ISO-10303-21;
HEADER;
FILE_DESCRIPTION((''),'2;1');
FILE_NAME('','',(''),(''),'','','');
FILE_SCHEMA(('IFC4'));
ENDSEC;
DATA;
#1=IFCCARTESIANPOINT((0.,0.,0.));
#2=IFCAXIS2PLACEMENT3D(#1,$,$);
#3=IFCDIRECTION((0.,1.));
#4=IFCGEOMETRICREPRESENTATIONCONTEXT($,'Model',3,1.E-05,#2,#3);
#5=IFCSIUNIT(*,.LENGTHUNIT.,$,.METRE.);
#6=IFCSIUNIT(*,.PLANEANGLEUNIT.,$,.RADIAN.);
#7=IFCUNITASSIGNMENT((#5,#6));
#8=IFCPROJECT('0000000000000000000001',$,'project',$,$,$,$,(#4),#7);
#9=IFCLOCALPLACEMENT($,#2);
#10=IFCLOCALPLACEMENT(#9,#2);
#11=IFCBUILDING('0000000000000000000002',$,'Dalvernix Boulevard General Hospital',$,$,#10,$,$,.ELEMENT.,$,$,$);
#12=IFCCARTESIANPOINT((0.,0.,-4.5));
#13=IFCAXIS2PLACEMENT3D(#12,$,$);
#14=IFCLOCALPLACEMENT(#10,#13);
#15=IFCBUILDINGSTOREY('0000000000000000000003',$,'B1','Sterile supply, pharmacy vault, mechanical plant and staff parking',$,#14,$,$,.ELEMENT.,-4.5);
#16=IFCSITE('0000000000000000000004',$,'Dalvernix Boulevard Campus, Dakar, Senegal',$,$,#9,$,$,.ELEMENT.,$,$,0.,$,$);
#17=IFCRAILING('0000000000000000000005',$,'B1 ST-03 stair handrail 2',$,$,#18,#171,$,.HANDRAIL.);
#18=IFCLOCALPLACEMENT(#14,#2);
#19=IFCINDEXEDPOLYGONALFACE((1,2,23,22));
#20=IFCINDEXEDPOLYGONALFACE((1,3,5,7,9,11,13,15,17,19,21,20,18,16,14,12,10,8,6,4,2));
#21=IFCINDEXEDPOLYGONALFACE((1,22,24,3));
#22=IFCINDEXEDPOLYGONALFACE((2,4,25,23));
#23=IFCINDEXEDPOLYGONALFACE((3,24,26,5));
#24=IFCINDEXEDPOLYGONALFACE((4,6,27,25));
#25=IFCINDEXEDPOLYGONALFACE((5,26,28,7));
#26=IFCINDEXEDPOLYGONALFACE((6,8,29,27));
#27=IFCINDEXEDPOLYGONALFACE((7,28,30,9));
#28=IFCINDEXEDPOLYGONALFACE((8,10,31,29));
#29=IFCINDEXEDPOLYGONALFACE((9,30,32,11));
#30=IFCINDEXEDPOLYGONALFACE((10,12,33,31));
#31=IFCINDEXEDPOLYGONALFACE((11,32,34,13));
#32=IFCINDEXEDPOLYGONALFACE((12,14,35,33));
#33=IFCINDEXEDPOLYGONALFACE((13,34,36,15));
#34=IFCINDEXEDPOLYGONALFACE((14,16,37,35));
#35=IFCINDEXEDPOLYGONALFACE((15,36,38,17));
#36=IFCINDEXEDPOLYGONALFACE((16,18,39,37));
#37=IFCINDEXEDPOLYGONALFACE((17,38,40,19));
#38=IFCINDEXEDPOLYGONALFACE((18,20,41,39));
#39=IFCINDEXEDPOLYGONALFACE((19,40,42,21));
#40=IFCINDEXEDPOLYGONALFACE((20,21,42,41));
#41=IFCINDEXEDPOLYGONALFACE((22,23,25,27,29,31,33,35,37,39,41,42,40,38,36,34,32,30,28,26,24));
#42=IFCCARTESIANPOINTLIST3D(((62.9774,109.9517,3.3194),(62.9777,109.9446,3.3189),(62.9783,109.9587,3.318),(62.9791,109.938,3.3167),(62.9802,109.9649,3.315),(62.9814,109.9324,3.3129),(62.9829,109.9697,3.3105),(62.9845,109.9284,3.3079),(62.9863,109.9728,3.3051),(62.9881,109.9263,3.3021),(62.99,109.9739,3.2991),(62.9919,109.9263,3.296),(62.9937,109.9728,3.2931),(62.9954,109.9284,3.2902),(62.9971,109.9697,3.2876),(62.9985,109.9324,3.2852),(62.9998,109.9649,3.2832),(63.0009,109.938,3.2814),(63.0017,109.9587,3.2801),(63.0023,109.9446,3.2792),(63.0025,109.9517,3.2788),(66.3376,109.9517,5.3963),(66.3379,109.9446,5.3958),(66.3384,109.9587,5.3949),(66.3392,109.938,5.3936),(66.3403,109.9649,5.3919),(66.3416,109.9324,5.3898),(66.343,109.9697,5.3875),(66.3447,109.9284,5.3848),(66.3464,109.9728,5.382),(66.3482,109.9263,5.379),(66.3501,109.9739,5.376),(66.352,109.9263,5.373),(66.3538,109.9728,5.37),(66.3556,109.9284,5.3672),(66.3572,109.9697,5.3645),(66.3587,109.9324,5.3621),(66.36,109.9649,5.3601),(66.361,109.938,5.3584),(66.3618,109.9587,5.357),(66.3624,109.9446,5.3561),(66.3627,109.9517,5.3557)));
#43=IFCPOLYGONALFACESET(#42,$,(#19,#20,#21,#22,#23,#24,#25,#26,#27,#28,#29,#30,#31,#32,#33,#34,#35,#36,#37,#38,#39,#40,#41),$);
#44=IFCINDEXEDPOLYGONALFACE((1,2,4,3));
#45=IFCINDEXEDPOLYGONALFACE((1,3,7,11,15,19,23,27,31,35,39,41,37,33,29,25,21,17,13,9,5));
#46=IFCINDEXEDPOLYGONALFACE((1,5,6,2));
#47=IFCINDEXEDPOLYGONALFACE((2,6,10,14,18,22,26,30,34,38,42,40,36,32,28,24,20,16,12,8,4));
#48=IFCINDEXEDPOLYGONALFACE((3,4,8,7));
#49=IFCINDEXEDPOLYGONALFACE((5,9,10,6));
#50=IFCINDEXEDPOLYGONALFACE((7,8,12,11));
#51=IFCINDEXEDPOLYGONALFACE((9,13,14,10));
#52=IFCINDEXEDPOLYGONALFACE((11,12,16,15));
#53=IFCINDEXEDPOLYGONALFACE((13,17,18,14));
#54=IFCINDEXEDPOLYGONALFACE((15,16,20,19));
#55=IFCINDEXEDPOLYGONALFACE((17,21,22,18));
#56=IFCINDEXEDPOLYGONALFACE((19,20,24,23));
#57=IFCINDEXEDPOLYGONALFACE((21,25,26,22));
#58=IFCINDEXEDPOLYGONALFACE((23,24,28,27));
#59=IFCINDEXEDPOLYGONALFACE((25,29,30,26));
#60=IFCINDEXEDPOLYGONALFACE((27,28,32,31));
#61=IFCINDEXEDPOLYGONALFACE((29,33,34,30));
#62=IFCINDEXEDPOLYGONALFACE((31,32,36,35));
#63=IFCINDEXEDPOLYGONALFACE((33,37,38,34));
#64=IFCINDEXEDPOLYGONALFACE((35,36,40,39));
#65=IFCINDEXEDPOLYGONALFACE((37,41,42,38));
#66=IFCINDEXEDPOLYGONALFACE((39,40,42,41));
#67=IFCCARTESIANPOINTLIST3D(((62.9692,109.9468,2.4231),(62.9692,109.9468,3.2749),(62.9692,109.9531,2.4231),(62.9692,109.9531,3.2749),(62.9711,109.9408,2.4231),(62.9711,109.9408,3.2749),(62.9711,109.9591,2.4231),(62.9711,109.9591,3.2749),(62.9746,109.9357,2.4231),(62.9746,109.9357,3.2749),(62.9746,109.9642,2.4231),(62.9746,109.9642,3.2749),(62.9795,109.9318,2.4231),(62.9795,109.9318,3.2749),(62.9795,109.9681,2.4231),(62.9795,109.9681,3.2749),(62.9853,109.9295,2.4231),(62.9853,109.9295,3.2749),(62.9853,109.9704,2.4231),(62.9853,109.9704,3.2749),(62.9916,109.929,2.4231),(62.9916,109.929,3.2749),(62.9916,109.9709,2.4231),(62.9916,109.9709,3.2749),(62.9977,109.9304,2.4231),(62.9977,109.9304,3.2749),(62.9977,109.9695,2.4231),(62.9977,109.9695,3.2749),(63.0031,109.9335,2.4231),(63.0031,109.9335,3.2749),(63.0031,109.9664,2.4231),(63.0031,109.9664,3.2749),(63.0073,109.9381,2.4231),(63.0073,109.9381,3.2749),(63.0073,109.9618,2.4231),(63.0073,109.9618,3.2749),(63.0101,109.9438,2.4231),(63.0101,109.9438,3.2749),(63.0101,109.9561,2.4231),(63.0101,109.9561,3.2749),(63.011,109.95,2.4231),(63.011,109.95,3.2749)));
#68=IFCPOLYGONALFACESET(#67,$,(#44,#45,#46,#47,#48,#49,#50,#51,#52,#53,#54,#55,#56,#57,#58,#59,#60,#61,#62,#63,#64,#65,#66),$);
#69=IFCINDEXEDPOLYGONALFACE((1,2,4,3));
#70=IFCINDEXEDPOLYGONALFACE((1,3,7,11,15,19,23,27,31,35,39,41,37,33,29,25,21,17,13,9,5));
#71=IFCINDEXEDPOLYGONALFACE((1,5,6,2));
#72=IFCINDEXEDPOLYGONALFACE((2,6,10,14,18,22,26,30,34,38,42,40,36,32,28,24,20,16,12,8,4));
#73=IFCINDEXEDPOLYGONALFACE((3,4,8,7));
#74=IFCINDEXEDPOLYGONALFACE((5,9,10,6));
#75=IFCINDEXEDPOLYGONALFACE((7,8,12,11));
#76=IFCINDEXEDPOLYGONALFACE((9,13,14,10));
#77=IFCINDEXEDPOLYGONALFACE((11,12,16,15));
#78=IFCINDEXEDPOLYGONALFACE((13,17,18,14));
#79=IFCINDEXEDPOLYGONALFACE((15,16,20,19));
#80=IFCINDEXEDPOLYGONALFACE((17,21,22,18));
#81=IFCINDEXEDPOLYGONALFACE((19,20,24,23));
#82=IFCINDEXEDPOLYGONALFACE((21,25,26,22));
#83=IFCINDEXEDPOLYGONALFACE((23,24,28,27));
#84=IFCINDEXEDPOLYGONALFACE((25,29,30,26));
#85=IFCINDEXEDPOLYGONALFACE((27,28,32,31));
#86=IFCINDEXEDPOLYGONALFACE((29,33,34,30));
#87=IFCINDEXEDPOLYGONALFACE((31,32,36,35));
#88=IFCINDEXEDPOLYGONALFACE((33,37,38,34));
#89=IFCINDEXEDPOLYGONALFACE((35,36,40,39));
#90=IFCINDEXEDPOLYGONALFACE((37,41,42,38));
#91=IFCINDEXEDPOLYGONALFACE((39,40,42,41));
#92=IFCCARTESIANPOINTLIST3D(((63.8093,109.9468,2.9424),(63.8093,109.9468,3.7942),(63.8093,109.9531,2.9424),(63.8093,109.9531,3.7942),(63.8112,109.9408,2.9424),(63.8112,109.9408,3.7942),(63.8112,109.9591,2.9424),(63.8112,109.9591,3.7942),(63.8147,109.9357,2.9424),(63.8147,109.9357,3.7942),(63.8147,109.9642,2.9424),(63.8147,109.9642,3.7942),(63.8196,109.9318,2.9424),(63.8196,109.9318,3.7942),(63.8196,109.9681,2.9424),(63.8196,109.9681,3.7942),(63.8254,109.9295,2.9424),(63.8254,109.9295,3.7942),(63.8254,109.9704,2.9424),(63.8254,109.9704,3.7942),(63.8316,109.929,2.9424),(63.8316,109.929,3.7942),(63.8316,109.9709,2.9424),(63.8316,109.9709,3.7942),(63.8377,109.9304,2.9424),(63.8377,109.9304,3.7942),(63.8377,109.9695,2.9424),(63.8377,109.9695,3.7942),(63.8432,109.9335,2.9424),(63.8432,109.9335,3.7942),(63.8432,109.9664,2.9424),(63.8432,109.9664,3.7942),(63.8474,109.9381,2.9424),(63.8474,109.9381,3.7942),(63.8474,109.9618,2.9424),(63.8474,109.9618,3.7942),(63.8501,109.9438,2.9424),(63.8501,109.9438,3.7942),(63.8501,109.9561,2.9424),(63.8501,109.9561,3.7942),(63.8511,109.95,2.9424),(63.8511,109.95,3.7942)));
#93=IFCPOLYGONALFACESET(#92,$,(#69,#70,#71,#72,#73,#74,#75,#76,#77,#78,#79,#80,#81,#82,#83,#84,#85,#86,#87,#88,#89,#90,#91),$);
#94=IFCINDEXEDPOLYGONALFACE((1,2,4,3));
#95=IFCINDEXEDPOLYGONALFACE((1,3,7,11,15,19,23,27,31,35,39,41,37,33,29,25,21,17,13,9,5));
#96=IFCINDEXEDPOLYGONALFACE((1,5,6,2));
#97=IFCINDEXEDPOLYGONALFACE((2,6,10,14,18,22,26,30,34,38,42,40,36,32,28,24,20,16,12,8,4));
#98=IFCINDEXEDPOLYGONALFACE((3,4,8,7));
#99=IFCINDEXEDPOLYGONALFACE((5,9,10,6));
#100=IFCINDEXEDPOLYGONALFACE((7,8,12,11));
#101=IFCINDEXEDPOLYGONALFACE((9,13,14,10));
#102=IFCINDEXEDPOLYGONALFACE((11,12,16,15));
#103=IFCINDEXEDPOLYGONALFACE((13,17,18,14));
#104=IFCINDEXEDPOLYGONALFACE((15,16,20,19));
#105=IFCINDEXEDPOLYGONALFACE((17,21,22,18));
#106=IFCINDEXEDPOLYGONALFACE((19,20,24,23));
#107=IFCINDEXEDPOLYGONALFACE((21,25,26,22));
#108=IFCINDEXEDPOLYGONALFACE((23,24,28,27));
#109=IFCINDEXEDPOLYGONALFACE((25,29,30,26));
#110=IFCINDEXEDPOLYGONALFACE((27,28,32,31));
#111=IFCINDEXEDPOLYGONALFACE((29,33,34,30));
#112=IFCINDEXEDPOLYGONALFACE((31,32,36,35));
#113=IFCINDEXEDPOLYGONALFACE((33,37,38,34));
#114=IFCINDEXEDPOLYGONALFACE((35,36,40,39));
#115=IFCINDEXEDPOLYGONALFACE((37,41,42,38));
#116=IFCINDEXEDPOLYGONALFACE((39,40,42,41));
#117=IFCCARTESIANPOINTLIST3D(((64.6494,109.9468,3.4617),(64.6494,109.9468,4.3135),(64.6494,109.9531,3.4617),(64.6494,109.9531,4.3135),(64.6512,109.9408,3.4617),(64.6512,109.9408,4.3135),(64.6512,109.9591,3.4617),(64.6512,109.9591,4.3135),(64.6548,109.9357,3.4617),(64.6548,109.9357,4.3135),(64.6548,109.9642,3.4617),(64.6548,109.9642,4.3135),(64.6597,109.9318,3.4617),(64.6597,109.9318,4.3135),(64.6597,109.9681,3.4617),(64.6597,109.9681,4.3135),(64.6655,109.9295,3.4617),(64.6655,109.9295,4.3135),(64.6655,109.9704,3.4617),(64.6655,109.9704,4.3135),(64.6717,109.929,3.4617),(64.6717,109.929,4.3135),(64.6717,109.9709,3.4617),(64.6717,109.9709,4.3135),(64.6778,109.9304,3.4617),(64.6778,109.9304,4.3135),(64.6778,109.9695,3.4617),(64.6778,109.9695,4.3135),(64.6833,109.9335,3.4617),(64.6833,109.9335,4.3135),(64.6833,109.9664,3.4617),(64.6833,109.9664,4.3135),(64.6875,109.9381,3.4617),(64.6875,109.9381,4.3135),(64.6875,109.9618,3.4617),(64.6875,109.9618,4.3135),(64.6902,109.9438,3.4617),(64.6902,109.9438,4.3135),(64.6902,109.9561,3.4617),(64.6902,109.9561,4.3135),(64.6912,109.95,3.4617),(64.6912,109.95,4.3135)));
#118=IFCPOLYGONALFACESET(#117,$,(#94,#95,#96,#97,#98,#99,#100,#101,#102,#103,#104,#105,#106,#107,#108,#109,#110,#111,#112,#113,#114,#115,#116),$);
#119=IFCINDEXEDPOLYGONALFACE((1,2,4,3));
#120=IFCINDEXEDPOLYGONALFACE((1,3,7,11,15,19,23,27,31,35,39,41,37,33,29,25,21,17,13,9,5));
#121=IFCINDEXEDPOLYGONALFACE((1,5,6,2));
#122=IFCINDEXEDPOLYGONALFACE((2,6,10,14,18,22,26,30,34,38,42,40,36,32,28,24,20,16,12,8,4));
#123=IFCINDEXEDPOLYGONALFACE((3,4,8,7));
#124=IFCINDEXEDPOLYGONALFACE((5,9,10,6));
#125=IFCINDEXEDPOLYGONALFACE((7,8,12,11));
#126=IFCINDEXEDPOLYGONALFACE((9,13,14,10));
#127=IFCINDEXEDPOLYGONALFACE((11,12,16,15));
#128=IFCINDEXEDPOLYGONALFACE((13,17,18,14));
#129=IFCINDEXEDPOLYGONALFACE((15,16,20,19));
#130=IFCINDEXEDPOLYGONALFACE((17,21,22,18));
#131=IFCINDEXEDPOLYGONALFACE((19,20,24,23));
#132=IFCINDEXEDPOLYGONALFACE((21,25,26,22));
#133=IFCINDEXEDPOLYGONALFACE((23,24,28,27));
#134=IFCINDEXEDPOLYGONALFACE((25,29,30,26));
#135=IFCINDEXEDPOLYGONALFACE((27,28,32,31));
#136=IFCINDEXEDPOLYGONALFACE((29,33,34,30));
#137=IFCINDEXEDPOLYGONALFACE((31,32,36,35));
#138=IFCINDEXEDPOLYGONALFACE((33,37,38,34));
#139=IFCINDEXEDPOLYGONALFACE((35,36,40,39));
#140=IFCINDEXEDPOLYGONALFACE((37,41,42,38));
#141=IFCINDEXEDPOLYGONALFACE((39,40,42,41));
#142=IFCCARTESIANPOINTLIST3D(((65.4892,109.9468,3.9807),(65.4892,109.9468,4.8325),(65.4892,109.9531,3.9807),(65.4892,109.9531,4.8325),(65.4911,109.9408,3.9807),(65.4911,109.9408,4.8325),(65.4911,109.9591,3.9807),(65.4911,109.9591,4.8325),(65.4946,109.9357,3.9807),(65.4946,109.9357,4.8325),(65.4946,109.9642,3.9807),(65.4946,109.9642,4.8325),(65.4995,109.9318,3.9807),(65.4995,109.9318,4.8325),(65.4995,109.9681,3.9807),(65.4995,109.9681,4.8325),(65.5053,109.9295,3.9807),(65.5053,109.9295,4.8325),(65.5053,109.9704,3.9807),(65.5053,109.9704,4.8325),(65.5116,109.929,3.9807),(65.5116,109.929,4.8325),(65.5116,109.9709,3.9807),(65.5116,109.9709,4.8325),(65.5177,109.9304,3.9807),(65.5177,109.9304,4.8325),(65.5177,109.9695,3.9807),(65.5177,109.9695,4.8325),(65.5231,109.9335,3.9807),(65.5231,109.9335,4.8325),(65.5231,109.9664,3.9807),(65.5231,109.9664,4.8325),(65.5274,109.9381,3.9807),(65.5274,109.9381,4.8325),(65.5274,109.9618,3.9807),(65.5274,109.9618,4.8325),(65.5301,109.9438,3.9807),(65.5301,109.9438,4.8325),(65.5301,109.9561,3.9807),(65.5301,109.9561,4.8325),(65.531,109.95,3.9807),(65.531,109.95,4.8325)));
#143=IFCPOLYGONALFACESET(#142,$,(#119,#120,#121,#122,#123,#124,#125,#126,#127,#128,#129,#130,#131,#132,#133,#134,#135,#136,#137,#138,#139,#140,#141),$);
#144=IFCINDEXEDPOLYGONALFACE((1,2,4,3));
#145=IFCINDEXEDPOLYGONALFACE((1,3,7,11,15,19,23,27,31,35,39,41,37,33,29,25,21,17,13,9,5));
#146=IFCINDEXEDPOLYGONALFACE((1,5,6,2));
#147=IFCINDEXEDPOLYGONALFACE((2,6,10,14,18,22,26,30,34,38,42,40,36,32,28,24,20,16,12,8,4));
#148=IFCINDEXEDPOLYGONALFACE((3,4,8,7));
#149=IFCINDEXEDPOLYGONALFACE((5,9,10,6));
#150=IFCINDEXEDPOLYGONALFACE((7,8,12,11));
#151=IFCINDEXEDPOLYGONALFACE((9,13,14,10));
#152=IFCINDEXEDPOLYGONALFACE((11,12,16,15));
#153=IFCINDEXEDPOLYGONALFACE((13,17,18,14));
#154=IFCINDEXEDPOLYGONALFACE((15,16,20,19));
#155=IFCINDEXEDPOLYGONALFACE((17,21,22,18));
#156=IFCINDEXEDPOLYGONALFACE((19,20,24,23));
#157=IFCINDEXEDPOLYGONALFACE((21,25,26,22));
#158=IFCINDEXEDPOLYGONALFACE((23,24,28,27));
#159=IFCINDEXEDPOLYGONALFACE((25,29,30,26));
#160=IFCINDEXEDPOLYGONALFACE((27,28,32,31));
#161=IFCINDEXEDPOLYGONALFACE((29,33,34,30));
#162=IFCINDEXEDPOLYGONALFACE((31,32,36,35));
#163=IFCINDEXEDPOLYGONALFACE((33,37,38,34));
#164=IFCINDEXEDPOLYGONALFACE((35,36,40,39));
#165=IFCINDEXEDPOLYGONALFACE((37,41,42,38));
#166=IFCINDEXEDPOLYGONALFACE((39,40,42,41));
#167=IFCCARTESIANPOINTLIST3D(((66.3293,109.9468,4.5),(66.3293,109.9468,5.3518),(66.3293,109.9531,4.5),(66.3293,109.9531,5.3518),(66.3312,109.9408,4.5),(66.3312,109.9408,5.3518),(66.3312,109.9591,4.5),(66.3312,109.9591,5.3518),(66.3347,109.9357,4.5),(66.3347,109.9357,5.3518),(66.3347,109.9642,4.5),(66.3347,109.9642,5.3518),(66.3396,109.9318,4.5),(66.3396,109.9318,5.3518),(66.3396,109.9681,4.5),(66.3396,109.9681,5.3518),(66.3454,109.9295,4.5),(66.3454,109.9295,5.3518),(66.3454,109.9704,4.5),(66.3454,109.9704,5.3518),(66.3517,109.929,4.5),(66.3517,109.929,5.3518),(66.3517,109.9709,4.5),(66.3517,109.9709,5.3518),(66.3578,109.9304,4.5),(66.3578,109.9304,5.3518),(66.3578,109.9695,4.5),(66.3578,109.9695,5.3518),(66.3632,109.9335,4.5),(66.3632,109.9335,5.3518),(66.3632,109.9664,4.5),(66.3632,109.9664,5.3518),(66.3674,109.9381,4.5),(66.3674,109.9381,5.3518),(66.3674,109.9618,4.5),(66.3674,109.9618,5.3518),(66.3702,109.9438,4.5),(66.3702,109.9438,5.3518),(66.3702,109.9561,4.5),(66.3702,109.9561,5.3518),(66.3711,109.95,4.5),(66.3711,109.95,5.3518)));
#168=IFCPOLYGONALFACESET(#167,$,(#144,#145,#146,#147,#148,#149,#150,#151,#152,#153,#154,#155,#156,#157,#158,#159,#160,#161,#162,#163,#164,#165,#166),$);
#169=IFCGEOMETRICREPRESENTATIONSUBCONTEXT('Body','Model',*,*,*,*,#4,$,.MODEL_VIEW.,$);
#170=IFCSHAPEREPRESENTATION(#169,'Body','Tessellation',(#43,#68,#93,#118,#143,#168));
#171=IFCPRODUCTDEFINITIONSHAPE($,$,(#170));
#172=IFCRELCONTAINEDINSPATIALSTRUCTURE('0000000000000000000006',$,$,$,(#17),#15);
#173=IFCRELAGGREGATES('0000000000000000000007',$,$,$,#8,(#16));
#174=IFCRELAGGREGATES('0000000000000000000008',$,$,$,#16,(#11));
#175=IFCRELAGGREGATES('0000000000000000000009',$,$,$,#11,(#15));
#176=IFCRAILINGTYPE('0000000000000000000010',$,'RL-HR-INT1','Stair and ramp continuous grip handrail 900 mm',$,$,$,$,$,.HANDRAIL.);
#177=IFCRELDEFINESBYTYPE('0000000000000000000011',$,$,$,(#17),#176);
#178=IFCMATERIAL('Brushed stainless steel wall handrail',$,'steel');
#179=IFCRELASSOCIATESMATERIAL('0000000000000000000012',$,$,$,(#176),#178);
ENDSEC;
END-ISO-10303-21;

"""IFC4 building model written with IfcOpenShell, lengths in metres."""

from ifc_helpers import new_model, si_unit, direction, frame, origin, origin_2d, place, context, subcontext, project, spatial, circle, extrude, material, type_object, element, save


model = new_model("IFC4")

# Units and contexts
model_context = context("Model", 3, precision=1e-05, world=origin(), true_north=direction((0.0, 1.0)))
body_context = subcontext(model_context, "Body", "Model", "MODEL_VIEW")
ifc_project = project(units=[si_unit("LENGTHUNIT", "METRE"), si_unit("PLANEANGLEUNIT", "RADIAN")], contexts=[model_context])

# Site, building, storey
site_placement = place(None, origin())
site = spatial("IfcSite", under=ifc_project, at=site_placement, Name="Dalvernix Boulevard Campus, Dakar, Senegal", CompositionType="ELEMENT", RefElevation=0.0)
building_placement = place(site_placement, origin())
building = spatial("IfcBuilding", under=site, at=building_placement, Name="Dalvernix Boulevard General Hospital", CompositionType="ELEMENT")
storey_placement = place(building_placement, frame((0.0, 0.0, -4.5)))
storey = spatial("IfcBuildingStorey", under=building, at=storey_placement, Name="B1", Description="Sterile supply, pharmacy vault, mechanical plant and staff parking", CompositionType="ELEMENT", Elevation=-4.5)

# Railing
ifc_material_1 = material(Name="Brushed stainless steel wall handrail", Category="steel")
railing_type_1 = type_object("IfcRailingType", Name="RL-HR-INT1", Description="Stair and ramp continuous grip handrail 900 mm", PredefinedType="HANDRAIL", material=ifc_material_1)
railing_1_placement = place(storey_placement, frame((62.99, 109.95, 2.4231)))
element("IfcRailing", 1, at=railing_1_placement, inside=storey, type_object=railing_type_1, Name="B1 ST-03 stair handrail 2", PredefinedType="HANDRAIL", context=body_context, shape_type="SweptSolid", body=[
    extrude(circle(Radius=0.0239, at=origin_2d()), frame((0.0, 0.0, 0.876), z_axis=(0.850623, 0.0, 0.525776), x_axis=(0.0, 1.0, 0.0)), (0.0, 0.0, 1.0), 3.9502),
    extrude(circle(Radius=0.021, at=origin_2d()), origin(), (0.0, 0.0, 1.0), 0.8518),
    extrude(circle(Radius=0.021, at=origin_2d()), frame((0.8401, 0.0, 0.5193)), (0.0, 0.0, 1.0), 0.8518),
    extrude(circle(Radius=0.021, at=origin_2d()), frame((1.6802, 0.0, 1.0386)), (0.0, 0.0, 1.0), 0.8518),
    extrude(circle(Radius=0.021, at=origin_2d()), frame((2.52, 0.0, 1.5576)), (0.0, 0.0, 1.0), 0.8518),
    extrude(circle(Radius=0.021, at=origin_2d()), frame((3.3601, 0.0, 2.0769)), (0.0, 0.0, 1.0), 0.8518),
])

save(model, "model.ifc")
